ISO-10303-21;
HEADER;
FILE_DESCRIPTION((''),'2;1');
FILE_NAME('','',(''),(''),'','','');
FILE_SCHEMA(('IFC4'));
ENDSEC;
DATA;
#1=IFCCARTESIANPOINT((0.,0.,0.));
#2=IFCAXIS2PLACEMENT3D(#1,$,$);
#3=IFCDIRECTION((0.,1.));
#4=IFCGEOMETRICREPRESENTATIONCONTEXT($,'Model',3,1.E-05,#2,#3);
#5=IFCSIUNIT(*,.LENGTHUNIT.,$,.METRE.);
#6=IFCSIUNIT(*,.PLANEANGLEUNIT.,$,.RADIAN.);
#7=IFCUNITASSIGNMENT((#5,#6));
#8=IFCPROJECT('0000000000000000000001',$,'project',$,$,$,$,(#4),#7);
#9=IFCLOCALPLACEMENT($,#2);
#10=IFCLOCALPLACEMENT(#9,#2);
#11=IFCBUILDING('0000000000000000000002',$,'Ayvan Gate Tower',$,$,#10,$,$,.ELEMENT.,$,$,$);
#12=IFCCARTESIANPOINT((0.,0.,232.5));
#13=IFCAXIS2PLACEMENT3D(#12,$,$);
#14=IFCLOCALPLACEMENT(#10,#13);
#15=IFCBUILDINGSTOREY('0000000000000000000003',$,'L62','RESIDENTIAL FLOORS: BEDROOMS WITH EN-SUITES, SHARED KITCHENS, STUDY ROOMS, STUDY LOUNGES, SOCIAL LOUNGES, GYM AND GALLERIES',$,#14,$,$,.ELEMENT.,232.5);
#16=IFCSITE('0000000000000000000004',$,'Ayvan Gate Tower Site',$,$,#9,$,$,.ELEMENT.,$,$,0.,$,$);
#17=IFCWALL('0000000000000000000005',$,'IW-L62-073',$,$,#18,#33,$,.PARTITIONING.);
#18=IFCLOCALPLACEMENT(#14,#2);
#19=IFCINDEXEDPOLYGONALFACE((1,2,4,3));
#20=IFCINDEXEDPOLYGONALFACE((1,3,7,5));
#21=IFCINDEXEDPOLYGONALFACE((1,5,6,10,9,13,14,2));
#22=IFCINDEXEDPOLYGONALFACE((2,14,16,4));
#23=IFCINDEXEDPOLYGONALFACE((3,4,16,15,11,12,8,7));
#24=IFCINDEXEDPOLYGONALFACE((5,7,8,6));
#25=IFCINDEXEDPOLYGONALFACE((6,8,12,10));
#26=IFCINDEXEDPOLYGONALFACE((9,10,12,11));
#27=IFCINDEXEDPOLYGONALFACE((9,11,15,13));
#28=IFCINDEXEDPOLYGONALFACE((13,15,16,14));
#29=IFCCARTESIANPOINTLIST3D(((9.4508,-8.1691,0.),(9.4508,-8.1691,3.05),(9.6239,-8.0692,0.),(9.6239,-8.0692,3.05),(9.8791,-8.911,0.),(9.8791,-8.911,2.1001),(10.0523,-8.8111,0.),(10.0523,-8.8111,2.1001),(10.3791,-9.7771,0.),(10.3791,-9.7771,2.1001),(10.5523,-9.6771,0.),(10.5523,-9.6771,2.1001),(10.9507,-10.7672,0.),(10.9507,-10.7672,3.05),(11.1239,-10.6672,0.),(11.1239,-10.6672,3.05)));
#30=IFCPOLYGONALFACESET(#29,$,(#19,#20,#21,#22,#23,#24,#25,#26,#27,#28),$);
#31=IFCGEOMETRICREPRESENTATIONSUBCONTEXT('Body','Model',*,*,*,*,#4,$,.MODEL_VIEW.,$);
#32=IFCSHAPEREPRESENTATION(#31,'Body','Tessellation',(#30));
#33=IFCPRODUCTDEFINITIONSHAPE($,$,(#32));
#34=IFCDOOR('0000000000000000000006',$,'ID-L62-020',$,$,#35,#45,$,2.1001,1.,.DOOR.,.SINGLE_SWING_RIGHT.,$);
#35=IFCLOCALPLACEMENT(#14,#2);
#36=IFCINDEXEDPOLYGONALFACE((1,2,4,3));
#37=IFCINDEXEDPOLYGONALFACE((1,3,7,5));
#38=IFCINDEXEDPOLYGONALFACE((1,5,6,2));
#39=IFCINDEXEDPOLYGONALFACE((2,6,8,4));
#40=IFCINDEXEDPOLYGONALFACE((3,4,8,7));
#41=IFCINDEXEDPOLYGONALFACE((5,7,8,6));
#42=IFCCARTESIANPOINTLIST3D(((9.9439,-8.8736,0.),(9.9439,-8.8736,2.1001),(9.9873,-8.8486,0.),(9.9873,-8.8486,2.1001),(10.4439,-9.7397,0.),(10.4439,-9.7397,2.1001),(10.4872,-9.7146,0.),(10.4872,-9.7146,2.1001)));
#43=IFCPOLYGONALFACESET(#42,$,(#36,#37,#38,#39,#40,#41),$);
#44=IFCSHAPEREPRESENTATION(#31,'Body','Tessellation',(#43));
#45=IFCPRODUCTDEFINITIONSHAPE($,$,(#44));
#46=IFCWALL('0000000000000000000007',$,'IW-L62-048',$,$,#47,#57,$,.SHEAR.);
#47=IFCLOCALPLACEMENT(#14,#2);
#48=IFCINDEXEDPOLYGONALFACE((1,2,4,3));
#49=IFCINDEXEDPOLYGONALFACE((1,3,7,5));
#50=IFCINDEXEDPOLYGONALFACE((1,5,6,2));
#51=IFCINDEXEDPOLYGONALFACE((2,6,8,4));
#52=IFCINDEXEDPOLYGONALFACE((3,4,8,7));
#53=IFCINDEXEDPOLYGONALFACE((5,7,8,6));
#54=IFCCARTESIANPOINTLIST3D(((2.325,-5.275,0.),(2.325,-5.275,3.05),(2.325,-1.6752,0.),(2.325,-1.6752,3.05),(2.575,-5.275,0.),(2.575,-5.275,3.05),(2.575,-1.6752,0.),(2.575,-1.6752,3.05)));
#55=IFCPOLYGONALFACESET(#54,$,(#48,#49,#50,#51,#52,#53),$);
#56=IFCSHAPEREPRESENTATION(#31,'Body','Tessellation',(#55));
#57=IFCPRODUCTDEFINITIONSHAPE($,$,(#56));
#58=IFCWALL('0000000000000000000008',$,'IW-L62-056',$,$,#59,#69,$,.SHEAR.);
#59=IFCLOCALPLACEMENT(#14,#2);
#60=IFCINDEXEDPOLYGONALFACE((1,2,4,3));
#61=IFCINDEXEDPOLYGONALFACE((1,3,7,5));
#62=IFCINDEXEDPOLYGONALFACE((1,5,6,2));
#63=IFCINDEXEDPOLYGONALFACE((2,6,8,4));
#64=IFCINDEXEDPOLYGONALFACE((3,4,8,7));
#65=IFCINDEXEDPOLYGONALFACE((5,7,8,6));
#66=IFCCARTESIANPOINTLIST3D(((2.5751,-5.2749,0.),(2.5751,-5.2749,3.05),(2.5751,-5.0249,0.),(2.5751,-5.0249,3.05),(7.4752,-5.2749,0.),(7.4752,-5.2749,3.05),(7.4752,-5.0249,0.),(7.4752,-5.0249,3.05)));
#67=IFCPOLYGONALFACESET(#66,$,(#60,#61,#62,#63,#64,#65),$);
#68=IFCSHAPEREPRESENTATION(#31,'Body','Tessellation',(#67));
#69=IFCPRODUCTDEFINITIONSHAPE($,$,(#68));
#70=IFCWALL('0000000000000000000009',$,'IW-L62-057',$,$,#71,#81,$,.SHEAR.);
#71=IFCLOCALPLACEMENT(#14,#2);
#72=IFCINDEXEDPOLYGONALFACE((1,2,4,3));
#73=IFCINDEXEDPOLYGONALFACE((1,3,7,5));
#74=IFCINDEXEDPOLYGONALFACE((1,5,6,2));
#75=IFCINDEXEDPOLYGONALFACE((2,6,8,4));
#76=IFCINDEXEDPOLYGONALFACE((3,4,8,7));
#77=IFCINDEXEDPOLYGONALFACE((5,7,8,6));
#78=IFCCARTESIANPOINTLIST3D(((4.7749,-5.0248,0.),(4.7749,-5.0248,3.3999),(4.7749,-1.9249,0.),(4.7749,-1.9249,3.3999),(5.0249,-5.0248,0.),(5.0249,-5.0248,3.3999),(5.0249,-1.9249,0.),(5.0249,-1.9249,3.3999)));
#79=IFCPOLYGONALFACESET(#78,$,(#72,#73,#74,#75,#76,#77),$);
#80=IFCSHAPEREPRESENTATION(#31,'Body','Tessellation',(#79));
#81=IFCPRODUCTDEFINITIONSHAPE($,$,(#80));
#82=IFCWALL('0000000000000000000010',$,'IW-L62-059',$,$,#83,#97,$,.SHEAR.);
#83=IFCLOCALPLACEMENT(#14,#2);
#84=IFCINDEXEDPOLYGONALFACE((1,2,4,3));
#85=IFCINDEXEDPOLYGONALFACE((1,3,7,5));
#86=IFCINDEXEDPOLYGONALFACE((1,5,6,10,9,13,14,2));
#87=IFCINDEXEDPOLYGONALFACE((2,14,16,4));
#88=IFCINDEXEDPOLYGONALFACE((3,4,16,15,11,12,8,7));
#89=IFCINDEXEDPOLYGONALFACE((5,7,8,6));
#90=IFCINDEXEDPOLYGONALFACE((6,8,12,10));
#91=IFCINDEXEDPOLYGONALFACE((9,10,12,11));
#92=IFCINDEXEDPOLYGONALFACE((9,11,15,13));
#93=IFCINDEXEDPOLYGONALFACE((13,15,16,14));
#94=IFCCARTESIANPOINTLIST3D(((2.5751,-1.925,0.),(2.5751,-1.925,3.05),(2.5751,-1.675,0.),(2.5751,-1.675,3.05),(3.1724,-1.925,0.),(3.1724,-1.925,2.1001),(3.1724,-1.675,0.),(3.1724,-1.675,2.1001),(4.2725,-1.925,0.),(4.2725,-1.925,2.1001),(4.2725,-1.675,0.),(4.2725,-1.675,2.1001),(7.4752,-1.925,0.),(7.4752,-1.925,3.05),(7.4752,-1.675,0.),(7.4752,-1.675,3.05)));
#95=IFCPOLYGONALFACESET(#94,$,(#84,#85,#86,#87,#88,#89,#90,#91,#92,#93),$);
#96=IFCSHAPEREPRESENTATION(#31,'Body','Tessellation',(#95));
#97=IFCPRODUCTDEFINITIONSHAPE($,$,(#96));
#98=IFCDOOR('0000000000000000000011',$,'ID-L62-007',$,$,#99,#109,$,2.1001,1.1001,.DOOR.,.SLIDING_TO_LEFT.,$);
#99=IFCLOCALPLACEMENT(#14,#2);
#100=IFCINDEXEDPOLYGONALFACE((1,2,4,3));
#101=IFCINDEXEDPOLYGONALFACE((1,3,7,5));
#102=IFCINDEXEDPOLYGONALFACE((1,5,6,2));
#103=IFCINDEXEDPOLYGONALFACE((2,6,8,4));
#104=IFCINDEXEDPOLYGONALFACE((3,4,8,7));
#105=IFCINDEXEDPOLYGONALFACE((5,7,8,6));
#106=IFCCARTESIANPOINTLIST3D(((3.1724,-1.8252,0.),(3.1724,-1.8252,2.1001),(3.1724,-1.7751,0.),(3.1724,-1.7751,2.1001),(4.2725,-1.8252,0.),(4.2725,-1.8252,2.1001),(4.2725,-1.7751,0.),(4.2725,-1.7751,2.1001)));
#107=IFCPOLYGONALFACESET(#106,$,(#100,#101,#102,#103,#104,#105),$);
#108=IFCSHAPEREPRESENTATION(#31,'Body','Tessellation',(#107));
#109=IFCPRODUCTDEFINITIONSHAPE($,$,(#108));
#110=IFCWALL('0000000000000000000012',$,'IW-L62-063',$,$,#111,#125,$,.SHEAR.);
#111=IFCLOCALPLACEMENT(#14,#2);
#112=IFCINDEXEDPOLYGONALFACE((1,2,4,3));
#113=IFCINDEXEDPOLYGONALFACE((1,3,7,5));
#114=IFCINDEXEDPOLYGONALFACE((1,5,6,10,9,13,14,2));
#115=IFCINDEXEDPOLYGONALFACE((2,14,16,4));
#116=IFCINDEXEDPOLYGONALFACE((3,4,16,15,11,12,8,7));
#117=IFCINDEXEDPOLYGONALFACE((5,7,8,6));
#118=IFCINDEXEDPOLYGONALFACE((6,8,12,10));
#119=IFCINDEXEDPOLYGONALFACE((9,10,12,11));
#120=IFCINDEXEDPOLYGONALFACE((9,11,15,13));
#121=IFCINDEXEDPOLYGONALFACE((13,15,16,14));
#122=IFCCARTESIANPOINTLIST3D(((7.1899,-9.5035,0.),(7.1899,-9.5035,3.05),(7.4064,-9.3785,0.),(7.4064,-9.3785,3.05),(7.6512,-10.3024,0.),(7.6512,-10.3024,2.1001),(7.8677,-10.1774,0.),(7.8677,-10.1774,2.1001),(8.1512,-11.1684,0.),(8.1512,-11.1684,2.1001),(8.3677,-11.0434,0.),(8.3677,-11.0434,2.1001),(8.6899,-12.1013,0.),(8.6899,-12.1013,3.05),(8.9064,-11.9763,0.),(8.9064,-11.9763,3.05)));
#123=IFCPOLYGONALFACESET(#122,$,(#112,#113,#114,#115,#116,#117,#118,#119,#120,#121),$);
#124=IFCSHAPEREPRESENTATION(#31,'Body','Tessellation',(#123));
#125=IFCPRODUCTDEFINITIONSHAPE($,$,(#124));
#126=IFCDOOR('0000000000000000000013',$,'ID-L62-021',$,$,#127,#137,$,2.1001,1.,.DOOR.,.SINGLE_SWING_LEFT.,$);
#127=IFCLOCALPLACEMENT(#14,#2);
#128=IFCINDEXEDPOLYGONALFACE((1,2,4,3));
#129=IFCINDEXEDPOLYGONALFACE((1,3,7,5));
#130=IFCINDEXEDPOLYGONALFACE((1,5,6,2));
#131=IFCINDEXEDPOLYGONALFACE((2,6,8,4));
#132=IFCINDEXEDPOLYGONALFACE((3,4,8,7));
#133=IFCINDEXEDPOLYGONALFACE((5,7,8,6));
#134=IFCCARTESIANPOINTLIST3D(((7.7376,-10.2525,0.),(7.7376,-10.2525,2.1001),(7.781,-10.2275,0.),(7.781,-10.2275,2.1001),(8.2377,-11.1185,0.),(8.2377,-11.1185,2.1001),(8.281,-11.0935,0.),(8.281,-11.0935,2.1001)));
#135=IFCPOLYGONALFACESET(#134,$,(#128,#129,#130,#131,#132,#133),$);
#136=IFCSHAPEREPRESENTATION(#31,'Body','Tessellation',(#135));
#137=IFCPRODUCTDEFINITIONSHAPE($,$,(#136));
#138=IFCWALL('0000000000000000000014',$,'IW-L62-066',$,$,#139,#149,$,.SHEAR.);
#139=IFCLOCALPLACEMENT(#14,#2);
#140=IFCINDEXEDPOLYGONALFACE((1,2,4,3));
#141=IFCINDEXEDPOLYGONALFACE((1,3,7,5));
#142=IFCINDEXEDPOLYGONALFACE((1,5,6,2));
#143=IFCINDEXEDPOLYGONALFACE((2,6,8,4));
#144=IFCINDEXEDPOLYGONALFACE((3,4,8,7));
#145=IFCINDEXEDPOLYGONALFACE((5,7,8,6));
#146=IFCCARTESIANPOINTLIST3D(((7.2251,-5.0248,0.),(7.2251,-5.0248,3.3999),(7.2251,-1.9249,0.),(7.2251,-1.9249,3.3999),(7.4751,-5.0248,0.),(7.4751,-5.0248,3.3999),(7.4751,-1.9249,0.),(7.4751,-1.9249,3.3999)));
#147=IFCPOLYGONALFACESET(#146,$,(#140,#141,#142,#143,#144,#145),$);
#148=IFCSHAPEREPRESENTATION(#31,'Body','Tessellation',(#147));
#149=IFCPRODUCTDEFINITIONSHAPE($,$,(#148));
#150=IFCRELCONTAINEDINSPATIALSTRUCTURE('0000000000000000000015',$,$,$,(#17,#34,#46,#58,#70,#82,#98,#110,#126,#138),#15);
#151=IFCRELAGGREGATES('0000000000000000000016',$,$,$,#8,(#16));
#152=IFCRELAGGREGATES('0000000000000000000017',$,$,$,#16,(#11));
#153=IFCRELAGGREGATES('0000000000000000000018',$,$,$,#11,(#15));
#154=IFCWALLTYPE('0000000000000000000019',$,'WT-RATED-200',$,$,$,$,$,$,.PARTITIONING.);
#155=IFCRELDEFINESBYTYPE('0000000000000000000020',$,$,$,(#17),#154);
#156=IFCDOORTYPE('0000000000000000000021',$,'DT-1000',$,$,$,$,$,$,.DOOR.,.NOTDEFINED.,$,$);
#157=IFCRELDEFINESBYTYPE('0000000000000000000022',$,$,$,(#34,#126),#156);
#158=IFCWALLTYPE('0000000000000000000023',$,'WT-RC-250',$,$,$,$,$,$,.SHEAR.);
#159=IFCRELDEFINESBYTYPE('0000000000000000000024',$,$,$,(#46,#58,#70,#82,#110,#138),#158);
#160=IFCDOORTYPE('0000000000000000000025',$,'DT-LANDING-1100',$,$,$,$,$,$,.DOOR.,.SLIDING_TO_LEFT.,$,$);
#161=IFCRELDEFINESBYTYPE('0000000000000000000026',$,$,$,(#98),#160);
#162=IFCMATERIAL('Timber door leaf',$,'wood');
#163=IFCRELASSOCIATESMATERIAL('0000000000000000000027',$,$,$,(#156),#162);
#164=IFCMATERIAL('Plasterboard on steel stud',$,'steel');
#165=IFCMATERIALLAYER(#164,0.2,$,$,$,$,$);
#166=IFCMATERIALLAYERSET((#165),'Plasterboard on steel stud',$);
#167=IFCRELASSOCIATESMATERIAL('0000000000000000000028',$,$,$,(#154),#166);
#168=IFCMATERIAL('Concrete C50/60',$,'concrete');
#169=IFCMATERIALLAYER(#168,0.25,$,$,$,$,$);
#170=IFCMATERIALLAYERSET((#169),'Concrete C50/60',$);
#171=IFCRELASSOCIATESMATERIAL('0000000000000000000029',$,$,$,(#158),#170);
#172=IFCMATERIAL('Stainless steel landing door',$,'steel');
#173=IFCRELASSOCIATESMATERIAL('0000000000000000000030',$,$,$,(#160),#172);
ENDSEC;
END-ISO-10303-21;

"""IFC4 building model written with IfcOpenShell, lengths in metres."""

from ifc_helpers import new_model, si_unit, direction, frame, frame_2d, origin, place, context, subcontext, project, spatial, rectangle, extrude, material, layer, layer_set, type_object, element, fill, save


model = new_model("IFC4")

# Units and contexts
model_context = context("Model", 3, precision=1e-05, world=origin(), true_north=direction((0.0, 1.0)))
body_context = subcontext(model_context, "Body", "Model", "MODEL_VIEW")
ifc_project = project(units=[si_unit("LENGTHUNIT", "METRE"), si_unit("PLANEANGLEUNIT", "RADIAN")], contexts=[model_context])

# Site, building, storey
site_placement = place(None, origin())
site = spatial("IfcSite", under=ifc_project, at=site_placement, Name="Ayvan Gate Tower Site", CompositionType="ELEMENT", RefElevation=0.0)
building_placement = place(site_placement, origin())
building = spatial("IfcBuilding", under=site, at=building_placement, Name="Ayvan Gate Tower", CompositionType="ELEMENT")
storey_placement = place(building_placement, frame((0.0, 0.0, 232.5)))
storey = spatial("IfcBuildingStorey", under=building, at=storey_placement, Name="L62", Description="RESIDENTIAL FLOORS: BEDROOMS WITH EN-SUITES, SHARED KITCHENS, STUDY ROOMS, STUDY LOUNGES, SOCIAL LOUNGES, GYM AND GALLERIES", CompositionType="ELEMENT", Elevation=232.5)

# Shared definitions
ifc_material_1 = material(Name="Timber door leaf", Category="wood")

# Shared definitions
ifc_material_2 = material(Name="Plasterboard on steel stud", Category="steel")

# Shared definitions
door_type_1 = type_object("IfcDoorType", Name="DT-1000", OperationType="NOTDEFINED", PredefinedType="DOOR", material=ifc_material_1)

# Shared definitions
ifc_layer_1 = layer(ifc_material_2, 0.2)
ifc_layer_set_1 = layer_set([ifc_layer_1], Name="Plasterboard on steel stud")
wall_type_1 = type_object("IfcWallType", Name="WT-RATED-200", PredefinedType="PARTITIONING", material=ifc_layer_set_1)

# Wall, opening, door
wall_1_placement = place(storey_placement, frame((9.5374, -8.1191, 0.0), z_axis=(0.0, 0.0, 1.0), x_axis=(0.49999, -0.866031, 0.0)))
wall_1 = element("IfcWall", 1, at=wall_1_placement, inside=storey, type_object=wall_type_1, Name="IW-L62-073", PredefinedType="PARTITIONING", context=body_context, shape_type="SweptSolid", body=[
    extrude(rectangle(XDim=3.0, YDim=0.2, at=frame_2d((1.5, 0.0))), origin(), (0.0, 0.0, 1.0), 3.05),
])
opening_1_placement = place(wall_1_placement, frame((0.8567, 0.0, 0.0)))
opening_1 = element("IfcOpeningElement", 2, at=opening_1_placement, cuts=wall_1, PredefinedType="OPENING", context=body_context, shape_type="SweptSolid", body=[
    extrude(rectangle(XDim=1.0, YDim=2.1001, at=frame_2d((0.5, 1.05))), frame((0.0, 0.1099, 0.0), z_axis=(0.0, -1.0, 0.0), x_axis=(1.0, 0.0, 0.0)), (0.0, 0.0, 1.0), 0.22),
])
door_1_placement = place(opening_1_placement, origin())
door_1 = element("IfcDoor", 3, at=door_1_placement, inside=storey, type_object=door_type_1, Name="ID-L62-020", OperationType="SINGLE_SWING_RIGHT", OverallHeight=2.1001, OverallWidth=1.0, PredefinedType="DOOR", context=body_context, shape_type="SweptSolid", body=[
    extrude(rectangle(XDim=1.0, YDim=2.1001, at=frame_2d((0.5, 1.05))), frame((0.0, 0.0249, 0.0), z_axis=(0.0, -1.0, 0.0), x_axis=(1.0, 0.0, 0.0)), (0.0, 0.0, 1.0), 0.05),
])
fill(opening_1, door_1)

# Walls
ifc_material_3 = material(Name="Concrete C50/60", Category="concrete")
ifc_layer_2 = layer(ifc_material_3, 0.25)
ifc_layer_set_2 = layer_set([ifc_layer_2], Name="Concrete C50/60")
wall_type_2 = type_object("IfcWallType", Name="WT-RC-250", PredefinedType="SHEAR", material=ifc_layer_set_2)
wall_2_placement = place(storey_placement, frame((2.45, -5.2749, 0.0), z_axis=(0.0, 0.0, 1.0), x_axis=(0.0, 1.0, 0.0)))
element("IfcWall", 4, at=wall_2_placement, inside=storey, type_object=wall_type_2, Name="IW-L62-048", PredefinedType="SHEAR", context=body_context, shape_type="SweptSolid", body=[
    extrude(rectangle(XDim=3.5999, YDim=0.25, at=frame_2d((1.7998, 0.0))), origin(), (0.0, 0.0, 1.0), 3.05),
])
wall_3_placement = place(storey_placement, frame((2.575, -5.1499, 0.0), z_axis=(0.0, 0.0, 1.0), x_axis=(1.0, 0.0, 0.0)))
element("IfcWall", 5, at=wall_3_placement, inside=storey, type_object=wall_type_2, Name="IW-L62-056", PredefinedType="SHEAR", context=body_context, shape_type="SweptSolid", body=[
    extrude(rectangle(XDim=4.9001, YDim=0.25, at=frame_2d((2.4502, 0.0))), origin(), (0.0, 0.0, 1.0), 3.05),
])
wall_4_placement = place(storey_placement, frame((4.8999, -1.925, 0.0), z_axis=(0.0, 0.0, 1.0), x_axis=(0.0, -1.0, 0.0)))
element("IfcWall", 6, at=wall_4_placement, inside=storey, type_object=wall_type_2, Name="IW-L62-057", PredefinedType="SHEAR", context=body_context, shape_type="SweptSolid", body=[
    extrude(rectangle(XDim=3.0999, YDim=0.25, at=frame_2d((1.5498, 0.0))), origin(), (0.0, 0.0, 1.0), 3.3999),
])

# Walls, openings, doors
wall_5_placement = place(storey_placement, frame((2.575, -1.8, 0.0), z_axis=(0.0, 0.0, 1.0), x_axis=(1.0, 0.0, 0.0)))
wall_5 = element("IfcWall", 7, at=wall_5_placement, inside=storey, type_object=wall_type_2, Name="IW-L62-059", PredefinedType="SHEAR", context=body_context, shape_type="SweptSolid", body=[
    extrude(rectangle(XDim=4.9001, YDim=0.25, at=frame_2d((2.4502, 0.0))), origin(), (0.0, 0.0, 1.0), 3.05),
])
opening_2_placement = place(wall_5_placement, frame((0.5974, 0.0, 0.0)))
opening_2 = element("IfcOpeningElement", 8, at=opening_2_placement, cuts=wall_5, PredefinedType="OPENING", context=body_context, shape_type="SweptSolid", body=[
    extrude(rectangle(XDim=1.1001, YDim=2.1001, at=frame_2d((0.55, 1.05))), frame((0.0, 0.135, 0.0), z_axis=(0.0, -1.0, 0.0), x_axis=(1.0, 0.0, 0.0)), (0.0, 0.0, 1.0), 0.27),
])
ifc_material_4 = material(Name="Stainless steel landing door", Category="steel")
door_type_2 = type_object("IfcDoorType", Name="DT-LANDING-1100", OperationType="SLIDING_TO_LEFT", PredefinedType="DOOR", material=ifc_material_4)
door_2_placement = place(opening_2_placement, origin())
door_2 = element("IfcDoor", 9, at=door_2_placement, inside=storey, type_object=door_type_2, Name="ID-L62-007", OperationType="SLIDING_TO_LEFT", OverallHeight=2.1001, OverallWidth=1.1001, PredefinedType="DOOR", context=body_context, shape_type="SweptSolid", body=[
    extrude(rectangle(XDim=1.1001, YDim=2.1001, at=frame_2d((0.55, 1.05))), frame((0.0, 0.0249, 0.0), z_axis=(0.0, -1.0, 0.0), x_axis=(1.0, 0.0, 0.0)), (0.0, 0.0, 1.0), 0.05),
])
fill(opening_2, door_2)
wall_6_placement = place(storey_placement, frame((7.2981, -9.4409, 0.0), z_axis=(0.0, 0.0, 1.0), x_axis=(0.500025, -0.866011, 0.0)))
wall_6 = element("IfcWall", 10, at=wall_6_placement, inside=storey, type_object=wall_type_2, Name="IW-L62-063", PredefinedType="SHEAR", context=body_context, shape_type="SweptSolid", body=[
    extrude(rectangle(XDim=2.9998, YDim=0.25, at=frame_2d((1.5, 0.0))), origin(), (0.0, 0.0, 1.0), 3.05),
])
opening_3_placement = place(wall_6_placement, frame((0.9226, 0.0, 0.0)))
opening_3 = element("IfcOpeningElement", 11, at=opening_3_placement, cuts=wall_6, PredefinedType="OPENING", context=body_context, shape_type="SweptSolid", body=[
    extrude(rectangle(XDim=1.0, YDim=2.1001, at=frame_2d((0.5, 1.05))), frame((0.0, 0.135, 0.0), z_axis=(0.0, -1.0, 0.0), x_axis=(1.0, 0.0, 0.0)), (0.0, 0.0, 1.0), 0.27),
])
door_3_placement = place(opening_3_placement, origin())
door_3 = element("IfcDoor", 12, at=door_3_placement, inside=storey, type_object=door_type_1, Name="ID-L62-021", OperationType="SINGLE_SWING_LEFT", OverallHeight=2.1001, OverallWidth=1.0, PredefinedType="DOOR", context=body_context, shape_type="SweptSolid", body=[
    extrude(rectangle(XDim=1.0, YDim=2.1001, at=frame_2d((0.5, 1.05))), frame((0.0, 0.0249, 0.0), z_axis=(0.0, -1.0, 0.0), x_axis=(1.0, 0.0, 0.0)), (0.0, 0.0, 1.0), 0.05),
])
fill(opening_3, door_3)

# Wall
wall_7_placement = place(storey_placement, frame((7.3501, -1.925, 0.0), z_axis=(0.0, 0.0, 1.0), x_axis=(0.0, -1.0, 0.0)))
element("IfcWall", 13, at=wall_7_placement, inside=storey, type_object=wall_type_2, Name="IW-L62-066", PredefinedType="SHEAR", context=body_context, shape_type="SweptSolid", body=[
    extrude(rectangle(XDim=3.0999, YDim=0.25, at=frame_2d((1.5498, 0.0))), origin(), (0.0, 0.0, 1.0), 3.3999),
])

save(model, "model.ifc")
